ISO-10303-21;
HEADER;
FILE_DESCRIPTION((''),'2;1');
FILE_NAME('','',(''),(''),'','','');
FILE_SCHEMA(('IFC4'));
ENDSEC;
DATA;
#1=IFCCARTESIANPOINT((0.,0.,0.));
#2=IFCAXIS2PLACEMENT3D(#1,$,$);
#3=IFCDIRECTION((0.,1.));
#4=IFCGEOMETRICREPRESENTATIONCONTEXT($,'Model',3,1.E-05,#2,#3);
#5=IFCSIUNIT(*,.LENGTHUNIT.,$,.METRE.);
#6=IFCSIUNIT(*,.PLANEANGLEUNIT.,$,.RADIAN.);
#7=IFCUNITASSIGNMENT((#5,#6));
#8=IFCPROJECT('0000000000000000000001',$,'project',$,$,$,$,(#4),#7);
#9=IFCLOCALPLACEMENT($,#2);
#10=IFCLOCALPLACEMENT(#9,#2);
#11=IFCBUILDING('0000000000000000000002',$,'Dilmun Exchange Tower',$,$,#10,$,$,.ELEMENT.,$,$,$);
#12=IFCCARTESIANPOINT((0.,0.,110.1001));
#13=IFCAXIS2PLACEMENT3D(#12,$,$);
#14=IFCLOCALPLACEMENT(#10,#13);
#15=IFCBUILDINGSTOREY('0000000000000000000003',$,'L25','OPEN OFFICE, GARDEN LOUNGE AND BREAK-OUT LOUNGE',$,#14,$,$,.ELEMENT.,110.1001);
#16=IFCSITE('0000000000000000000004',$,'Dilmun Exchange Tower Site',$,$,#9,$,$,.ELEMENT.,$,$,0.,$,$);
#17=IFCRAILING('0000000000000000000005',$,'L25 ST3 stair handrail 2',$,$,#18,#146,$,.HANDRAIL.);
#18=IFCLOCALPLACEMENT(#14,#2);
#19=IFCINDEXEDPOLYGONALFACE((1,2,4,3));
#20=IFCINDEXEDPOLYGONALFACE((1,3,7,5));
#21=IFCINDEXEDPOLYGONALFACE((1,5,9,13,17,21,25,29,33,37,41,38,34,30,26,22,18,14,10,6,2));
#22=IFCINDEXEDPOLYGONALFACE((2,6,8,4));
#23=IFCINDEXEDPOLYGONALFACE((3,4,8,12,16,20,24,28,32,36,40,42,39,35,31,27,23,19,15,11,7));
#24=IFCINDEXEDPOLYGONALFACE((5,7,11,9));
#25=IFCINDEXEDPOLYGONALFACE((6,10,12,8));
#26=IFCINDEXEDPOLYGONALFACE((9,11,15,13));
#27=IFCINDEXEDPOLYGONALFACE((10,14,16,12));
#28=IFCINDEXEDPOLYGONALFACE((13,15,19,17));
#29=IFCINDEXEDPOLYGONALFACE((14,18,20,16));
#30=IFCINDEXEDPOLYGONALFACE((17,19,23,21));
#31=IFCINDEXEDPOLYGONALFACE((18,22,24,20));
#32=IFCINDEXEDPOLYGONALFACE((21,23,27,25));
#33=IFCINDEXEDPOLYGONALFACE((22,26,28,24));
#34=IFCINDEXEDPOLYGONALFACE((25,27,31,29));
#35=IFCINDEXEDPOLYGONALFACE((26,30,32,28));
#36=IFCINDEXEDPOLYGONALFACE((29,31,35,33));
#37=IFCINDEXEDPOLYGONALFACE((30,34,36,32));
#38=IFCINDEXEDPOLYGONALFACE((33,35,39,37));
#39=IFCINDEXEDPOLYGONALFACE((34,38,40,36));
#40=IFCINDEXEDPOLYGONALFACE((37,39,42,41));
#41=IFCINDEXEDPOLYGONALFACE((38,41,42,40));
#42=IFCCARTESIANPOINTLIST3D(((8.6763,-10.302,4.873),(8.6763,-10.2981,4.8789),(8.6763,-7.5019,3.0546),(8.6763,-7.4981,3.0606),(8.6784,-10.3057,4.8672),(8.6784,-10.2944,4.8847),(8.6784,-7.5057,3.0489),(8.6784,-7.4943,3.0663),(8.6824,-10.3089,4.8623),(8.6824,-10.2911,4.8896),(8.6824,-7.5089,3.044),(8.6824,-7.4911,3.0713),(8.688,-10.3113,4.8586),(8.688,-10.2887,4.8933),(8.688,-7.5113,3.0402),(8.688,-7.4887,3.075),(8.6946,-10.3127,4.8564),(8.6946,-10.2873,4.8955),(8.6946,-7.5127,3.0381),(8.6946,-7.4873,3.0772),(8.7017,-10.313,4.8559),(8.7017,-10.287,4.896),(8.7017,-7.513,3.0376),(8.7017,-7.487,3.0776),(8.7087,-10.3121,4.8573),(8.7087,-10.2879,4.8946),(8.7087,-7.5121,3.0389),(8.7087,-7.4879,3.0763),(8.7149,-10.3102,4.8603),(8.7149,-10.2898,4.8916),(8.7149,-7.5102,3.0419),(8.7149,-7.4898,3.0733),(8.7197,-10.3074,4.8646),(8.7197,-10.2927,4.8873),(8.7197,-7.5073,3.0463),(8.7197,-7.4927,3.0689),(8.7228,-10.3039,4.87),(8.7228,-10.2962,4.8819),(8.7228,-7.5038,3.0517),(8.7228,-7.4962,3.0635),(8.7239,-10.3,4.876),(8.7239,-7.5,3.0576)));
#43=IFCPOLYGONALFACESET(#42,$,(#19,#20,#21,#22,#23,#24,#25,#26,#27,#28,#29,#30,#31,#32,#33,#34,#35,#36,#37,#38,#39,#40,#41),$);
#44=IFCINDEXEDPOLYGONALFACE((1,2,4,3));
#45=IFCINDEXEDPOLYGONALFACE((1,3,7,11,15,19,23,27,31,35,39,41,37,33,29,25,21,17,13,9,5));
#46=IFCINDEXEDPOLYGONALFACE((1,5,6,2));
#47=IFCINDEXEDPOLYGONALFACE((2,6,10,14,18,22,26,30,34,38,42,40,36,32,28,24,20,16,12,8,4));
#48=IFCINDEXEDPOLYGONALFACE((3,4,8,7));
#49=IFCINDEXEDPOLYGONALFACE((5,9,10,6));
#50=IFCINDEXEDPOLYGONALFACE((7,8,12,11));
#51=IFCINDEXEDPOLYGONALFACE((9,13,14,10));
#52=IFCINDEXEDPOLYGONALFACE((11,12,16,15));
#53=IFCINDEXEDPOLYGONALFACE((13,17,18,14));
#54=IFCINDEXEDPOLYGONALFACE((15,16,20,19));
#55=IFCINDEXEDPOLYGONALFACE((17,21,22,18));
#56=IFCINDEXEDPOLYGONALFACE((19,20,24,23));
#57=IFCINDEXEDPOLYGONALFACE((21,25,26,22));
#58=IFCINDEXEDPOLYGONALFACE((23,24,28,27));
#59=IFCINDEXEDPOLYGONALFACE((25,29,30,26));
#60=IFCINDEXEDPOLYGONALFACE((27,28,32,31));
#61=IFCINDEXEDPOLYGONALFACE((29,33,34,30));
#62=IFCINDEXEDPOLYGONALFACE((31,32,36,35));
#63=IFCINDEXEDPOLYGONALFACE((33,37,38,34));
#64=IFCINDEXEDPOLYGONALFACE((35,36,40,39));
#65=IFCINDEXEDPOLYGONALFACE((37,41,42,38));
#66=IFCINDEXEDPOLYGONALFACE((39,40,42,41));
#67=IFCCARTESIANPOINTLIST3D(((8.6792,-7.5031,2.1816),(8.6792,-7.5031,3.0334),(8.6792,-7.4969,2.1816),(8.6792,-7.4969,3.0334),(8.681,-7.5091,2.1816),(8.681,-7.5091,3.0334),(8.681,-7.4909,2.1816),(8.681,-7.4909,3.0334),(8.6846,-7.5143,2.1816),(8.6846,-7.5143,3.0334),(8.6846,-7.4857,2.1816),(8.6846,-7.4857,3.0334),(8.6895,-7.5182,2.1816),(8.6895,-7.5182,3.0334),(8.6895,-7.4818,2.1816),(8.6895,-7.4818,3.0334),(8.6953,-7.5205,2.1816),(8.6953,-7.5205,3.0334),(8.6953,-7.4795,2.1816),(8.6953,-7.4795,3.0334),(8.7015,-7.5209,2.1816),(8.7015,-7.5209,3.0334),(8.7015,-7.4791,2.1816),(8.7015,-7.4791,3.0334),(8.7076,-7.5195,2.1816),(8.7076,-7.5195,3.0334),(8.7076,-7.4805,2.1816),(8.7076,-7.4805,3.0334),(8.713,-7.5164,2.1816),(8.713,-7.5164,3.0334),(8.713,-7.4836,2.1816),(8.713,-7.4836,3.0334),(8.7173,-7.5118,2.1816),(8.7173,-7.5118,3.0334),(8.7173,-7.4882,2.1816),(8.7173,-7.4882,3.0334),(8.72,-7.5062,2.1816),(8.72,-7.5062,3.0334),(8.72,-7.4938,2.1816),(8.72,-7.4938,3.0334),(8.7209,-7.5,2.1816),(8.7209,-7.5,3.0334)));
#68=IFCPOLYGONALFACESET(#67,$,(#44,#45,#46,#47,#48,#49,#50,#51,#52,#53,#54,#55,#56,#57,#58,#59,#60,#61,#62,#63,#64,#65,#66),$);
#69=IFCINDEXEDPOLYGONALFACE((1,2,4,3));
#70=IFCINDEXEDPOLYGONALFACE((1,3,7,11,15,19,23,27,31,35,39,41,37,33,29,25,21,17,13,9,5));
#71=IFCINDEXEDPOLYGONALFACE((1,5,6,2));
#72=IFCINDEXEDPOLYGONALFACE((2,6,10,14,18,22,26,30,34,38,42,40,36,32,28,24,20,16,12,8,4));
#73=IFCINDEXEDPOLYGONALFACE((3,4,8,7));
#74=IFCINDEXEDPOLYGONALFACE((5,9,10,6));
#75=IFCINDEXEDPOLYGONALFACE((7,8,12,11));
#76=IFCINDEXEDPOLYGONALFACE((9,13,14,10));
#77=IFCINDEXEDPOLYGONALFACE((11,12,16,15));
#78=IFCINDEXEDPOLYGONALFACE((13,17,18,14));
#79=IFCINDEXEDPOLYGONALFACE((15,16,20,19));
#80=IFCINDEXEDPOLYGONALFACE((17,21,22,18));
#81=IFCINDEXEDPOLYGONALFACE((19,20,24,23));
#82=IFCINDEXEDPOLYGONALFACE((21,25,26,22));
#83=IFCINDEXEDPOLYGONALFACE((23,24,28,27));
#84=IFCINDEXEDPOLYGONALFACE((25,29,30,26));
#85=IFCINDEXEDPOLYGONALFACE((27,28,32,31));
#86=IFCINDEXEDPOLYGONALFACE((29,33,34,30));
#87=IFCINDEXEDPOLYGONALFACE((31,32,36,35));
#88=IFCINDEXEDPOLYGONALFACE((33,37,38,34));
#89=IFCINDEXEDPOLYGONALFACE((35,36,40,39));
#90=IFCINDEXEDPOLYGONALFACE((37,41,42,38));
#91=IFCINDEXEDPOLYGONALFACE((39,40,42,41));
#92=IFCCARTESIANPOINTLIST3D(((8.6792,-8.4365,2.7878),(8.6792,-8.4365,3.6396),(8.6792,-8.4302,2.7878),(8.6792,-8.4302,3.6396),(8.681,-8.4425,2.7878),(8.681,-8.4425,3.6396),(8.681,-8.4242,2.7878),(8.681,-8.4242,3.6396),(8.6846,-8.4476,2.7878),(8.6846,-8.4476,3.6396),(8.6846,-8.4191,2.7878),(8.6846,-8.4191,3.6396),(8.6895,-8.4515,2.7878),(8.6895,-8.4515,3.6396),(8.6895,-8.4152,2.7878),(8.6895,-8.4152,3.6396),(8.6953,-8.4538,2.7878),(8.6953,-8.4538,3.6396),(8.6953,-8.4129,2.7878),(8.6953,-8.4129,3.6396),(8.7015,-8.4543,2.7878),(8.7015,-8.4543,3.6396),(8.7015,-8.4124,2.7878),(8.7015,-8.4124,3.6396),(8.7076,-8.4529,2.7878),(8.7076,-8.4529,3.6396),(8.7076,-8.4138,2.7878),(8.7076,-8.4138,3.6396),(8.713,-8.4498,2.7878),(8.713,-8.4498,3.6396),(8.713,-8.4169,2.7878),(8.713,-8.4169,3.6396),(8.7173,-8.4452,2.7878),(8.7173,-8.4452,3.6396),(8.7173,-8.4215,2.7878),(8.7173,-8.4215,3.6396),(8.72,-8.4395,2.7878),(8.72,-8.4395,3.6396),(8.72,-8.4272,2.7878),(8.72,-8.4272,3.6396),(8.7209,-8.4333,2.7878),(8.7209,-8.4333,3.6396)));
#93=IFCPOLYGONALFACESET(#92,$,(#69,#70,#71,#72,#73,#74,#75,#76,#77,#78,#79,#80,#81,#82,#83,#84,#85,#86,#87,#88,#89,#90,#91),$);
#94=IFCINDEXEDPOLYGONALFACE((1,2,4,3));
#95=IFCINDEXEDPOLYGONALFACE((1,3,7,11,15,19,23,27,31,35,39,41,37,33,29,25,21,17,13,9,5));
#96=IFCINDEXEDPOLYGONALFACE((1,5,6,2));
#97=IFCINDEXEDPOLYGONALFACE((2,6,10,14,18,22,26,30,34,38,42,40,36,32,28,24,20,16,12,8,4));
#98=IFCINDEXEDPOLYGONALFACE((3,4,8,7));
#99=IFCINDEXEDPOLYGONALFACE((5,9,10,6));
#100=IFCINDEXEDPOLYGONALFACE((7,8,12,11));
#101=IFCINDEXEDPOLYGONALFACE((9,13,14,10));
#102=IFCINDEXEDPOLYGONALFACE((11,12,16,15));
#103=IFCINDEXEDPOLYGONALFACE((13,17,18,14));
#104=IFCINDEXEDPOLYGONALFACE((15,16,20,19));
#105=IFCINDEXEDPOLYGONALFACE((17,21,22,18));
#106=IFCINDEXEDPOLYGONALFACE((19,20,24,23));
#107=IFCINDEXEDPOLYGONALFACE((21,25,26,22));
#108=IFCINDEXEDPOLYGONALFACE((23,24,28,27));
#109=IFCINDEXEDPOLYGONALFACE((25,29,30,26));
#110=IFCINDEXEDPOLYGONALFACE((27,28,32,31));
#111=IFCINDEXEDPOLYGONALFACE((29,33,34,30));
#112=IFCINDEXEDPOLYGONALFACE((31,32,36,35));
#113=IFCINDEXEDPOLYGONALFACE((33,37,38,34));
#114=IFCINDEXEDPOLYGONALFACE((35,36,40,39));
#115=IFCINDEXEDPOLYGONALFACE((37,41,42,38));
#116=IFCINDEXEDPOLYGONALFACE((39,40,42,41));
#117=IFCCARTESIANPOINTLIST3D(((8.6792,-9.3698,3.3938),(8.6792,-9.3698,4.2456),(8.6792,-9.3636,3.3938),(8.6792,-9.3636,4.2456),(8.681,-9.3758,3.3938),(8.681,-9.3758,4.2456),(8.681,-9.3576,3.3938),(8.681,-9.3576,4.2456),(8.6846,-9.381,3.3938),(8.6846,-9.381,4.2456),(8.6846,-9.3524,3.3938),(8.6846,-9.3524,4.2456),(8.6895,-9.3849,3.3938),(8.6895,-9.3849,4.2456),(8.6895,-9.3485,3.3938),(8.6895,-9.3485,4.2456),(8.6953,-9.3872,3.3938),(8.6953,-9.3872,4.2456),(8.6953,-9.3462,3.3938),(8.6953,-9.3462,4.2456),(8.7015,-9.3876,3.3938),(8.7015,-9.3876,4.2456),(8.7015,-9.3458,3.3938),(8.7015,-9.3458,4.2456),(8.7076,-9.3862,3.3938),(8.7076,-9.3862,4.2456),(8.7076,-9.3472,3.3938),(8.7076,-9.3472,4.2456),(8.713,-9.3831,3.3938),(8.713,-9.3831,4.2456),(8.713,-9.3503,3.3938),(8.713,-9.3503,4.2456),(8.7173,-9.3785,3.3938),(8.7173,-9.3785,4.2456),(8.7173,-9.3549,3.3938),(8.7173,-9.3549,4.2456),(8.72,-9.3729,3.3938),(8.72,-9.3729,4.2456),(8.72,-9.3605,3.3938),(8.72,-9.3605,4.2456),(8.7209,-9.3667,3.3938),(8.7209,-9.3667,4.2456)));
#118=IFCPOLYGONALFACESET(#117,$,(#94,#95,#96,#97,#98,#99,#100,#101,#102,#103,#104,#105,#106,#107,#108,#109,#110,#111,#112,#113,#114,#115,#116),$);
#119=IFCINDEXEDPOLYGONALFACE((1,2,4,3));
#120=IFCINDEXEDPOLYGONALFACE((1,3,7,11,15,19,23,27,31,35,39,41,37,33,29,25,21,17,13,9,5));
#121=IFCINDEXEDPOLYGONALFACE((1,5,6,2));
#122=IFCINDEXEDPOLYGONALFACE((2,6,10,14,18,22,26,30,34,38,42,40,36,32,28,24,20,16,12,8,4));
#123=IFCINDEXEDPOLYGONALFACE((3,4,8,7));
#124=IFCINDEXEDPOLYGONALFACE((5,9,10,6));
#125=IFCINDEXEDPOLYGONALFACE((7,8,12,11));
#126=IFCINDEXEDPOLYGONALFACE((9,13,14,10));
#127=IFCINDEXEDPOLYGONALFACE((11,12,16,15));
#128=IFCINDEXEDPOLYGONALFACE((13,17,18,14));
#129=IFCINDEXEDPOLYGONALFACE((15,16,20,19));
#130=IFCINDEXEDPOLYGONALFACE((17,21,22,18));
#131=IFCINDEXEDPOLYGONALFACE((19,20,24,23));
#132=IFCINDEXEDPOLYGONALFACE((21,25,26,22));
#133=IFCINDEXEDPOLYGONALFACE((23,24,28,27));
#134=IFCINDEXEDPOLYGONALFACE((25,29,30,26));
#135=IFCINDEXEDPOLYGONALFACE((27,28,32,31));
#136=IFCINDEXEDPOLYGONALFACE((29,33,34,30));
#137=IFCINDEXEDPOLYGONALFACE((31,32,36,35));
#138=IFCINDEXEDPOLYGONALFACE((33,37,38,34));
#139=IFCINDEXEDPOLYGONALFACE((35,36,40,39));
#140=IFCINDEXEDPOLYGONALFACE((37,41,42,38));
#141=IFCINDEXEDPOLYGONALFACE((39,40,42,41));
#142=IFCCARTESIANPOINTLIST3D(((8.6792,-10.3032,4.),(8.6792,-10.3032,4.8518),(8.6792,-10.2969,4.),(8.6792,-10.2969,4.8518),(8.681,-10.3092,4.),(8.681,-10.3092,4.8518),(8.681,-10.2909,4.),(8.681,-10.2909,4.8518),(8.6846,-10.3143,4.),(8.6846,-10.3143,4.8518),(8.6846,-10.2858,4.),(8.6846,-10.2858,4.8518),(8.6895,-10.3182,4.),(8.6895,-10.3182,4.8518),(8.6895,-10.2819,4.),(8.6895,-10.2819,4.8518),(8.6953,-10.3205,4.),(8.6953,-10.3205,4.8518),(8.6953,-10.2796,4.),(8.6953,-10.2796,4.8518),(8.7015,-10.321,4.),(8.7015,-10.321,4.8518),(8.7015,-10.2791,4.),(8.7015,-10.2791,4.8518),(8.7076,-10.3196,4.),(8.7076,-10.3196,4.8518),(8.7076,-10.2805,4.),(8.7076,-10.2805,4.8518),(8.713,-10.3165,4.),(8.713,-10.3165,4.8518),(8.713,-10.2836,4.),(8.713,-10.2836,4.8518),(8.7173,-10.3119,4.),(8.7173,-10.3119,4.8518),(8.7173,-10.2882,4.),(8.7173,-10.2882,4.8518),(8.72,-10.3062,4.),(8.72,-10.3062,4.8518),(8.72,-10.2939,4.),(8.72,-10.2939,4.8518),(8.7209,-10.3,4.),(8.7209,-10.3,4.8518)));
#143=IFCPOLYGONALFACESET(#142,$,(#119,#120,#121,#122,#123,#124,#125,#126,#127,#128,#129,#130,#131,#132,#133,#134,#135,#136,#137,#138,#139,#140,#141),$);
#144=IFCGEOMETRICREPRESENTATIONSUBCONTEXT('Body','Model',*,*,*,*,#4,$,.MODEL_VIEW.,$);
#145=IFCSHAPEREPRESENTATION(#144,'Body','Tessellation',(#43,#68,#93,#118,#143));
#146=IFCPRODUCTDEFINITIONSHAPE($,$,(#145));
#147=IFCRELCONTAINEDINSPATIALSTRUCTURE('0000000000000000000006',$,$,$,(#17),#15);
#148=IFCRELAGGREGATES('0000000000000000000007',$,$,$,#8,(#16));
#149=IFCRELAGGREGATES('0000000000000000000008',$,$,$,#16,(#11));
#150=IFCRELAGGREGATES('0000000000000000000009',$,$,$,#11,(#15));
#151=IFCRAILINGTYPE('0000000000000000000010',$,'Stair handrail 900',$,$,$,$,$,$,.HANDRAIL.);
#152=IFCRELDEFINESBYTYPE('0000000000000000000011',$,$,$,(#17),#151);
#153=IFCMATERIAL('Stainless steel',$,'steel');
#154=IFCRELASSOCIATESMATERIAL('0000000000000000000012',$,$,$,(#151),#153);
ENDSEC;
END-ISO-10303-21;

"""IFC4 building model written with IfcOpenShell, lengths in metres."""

from ifc_helpers import new_model, si_unit, direction, frame, origin, origin_2d, place, context, subcontext, project, spatial, circle, extrude, material, type_object, element, save


model = new_model("IFC4")

# Units and contexts
model_context = context("Model", 3, precision=1e-05, world=origin(), true_north=direction((0.0, 1.0)))
body_context = subcontext(model_context, "Body", "Model", "MODEL_VIEW")
ifc_project = project(units=[si_unit("LENGTHUNIT", "METRE"), si_unit("PLANEANGLEUNIT", "RADIAN")], contexts=[model_context])

# Site, building, storey
site_placement = place(None, origin())
site = spatial("IfcSite", under=ifc_project, at=site_placement, Name="Dilmun Exchange Tower Site", CompositionType="ELEMENT", RefElevation=0.0)
building_placement = place(site_placement, origin())
building = spatial("IfcBuilding", under=site, at=building_placement, Name="Dilmun Exchange Tower", CompositionType="ELEMENT")
storey_placement = place(building_placement, frame((0.0, 0.0, 110.1001)))
storey = spatial("IfcBuildingStorey", under=building, at=storey_placement, Name="L25", Description="OPEN OFFICE, GARDEN LOUNGE AND BREAK-OUT LOUNGE", CompositionType="ELEMENT", Elevation=110.1001)

# Railing
ifc_material_1 = material(Name="Stainless steel", Category="steel")
railing_type = type_object("IfcRailingType", Name="Stair handrail 900", PredefinedType="HANDRAIL", material=ifc_material_1)
railing_placement = place(storey_placement, frame((8.7, -7.5, 2.1816)))
element("IfcRailing", 1, at=railing_placement, inside=storey, type_object=railing_type, Name="L25 ST3 stair handrail 2", PredefinedType="HANDRAIL", context=body_context, shape_type="SweptSolid", body=[
    extrude(circle(Radius=0.0239, at=origin_2d()), frame((0.0, 0.0, 0.876), z_axis=(0.0, -0.838672, 0.544636), x_axis=(1.0, 0.0, 0.0)), (0.0, 0.0, 1.0), 3.3386),
    extrude(circle(Radius=0.021, at=origin_2d()), origin(), (0.0, 0.0, 1.0), 0.8518),
    extrude(circle(Radius=0.021, at=origin_2d()), frame((0.0, -0.9333, 0.6062)), (0.0, 0.0, 1.0), 0.8518),
    extrude(circle(Radius=0.021, at=origin_2d()), frame((0.0, -1.8667, 1.2122)), (0.0, 0.0, 1.0), 0.8518),
    extrude(circle(Radius=0.021, at=origin_2d()), frame((0.0, -2.8, 1.8184)), (0.0, 0.0, 1.0), 0.8518),
])

save(model, "model.ifc")
